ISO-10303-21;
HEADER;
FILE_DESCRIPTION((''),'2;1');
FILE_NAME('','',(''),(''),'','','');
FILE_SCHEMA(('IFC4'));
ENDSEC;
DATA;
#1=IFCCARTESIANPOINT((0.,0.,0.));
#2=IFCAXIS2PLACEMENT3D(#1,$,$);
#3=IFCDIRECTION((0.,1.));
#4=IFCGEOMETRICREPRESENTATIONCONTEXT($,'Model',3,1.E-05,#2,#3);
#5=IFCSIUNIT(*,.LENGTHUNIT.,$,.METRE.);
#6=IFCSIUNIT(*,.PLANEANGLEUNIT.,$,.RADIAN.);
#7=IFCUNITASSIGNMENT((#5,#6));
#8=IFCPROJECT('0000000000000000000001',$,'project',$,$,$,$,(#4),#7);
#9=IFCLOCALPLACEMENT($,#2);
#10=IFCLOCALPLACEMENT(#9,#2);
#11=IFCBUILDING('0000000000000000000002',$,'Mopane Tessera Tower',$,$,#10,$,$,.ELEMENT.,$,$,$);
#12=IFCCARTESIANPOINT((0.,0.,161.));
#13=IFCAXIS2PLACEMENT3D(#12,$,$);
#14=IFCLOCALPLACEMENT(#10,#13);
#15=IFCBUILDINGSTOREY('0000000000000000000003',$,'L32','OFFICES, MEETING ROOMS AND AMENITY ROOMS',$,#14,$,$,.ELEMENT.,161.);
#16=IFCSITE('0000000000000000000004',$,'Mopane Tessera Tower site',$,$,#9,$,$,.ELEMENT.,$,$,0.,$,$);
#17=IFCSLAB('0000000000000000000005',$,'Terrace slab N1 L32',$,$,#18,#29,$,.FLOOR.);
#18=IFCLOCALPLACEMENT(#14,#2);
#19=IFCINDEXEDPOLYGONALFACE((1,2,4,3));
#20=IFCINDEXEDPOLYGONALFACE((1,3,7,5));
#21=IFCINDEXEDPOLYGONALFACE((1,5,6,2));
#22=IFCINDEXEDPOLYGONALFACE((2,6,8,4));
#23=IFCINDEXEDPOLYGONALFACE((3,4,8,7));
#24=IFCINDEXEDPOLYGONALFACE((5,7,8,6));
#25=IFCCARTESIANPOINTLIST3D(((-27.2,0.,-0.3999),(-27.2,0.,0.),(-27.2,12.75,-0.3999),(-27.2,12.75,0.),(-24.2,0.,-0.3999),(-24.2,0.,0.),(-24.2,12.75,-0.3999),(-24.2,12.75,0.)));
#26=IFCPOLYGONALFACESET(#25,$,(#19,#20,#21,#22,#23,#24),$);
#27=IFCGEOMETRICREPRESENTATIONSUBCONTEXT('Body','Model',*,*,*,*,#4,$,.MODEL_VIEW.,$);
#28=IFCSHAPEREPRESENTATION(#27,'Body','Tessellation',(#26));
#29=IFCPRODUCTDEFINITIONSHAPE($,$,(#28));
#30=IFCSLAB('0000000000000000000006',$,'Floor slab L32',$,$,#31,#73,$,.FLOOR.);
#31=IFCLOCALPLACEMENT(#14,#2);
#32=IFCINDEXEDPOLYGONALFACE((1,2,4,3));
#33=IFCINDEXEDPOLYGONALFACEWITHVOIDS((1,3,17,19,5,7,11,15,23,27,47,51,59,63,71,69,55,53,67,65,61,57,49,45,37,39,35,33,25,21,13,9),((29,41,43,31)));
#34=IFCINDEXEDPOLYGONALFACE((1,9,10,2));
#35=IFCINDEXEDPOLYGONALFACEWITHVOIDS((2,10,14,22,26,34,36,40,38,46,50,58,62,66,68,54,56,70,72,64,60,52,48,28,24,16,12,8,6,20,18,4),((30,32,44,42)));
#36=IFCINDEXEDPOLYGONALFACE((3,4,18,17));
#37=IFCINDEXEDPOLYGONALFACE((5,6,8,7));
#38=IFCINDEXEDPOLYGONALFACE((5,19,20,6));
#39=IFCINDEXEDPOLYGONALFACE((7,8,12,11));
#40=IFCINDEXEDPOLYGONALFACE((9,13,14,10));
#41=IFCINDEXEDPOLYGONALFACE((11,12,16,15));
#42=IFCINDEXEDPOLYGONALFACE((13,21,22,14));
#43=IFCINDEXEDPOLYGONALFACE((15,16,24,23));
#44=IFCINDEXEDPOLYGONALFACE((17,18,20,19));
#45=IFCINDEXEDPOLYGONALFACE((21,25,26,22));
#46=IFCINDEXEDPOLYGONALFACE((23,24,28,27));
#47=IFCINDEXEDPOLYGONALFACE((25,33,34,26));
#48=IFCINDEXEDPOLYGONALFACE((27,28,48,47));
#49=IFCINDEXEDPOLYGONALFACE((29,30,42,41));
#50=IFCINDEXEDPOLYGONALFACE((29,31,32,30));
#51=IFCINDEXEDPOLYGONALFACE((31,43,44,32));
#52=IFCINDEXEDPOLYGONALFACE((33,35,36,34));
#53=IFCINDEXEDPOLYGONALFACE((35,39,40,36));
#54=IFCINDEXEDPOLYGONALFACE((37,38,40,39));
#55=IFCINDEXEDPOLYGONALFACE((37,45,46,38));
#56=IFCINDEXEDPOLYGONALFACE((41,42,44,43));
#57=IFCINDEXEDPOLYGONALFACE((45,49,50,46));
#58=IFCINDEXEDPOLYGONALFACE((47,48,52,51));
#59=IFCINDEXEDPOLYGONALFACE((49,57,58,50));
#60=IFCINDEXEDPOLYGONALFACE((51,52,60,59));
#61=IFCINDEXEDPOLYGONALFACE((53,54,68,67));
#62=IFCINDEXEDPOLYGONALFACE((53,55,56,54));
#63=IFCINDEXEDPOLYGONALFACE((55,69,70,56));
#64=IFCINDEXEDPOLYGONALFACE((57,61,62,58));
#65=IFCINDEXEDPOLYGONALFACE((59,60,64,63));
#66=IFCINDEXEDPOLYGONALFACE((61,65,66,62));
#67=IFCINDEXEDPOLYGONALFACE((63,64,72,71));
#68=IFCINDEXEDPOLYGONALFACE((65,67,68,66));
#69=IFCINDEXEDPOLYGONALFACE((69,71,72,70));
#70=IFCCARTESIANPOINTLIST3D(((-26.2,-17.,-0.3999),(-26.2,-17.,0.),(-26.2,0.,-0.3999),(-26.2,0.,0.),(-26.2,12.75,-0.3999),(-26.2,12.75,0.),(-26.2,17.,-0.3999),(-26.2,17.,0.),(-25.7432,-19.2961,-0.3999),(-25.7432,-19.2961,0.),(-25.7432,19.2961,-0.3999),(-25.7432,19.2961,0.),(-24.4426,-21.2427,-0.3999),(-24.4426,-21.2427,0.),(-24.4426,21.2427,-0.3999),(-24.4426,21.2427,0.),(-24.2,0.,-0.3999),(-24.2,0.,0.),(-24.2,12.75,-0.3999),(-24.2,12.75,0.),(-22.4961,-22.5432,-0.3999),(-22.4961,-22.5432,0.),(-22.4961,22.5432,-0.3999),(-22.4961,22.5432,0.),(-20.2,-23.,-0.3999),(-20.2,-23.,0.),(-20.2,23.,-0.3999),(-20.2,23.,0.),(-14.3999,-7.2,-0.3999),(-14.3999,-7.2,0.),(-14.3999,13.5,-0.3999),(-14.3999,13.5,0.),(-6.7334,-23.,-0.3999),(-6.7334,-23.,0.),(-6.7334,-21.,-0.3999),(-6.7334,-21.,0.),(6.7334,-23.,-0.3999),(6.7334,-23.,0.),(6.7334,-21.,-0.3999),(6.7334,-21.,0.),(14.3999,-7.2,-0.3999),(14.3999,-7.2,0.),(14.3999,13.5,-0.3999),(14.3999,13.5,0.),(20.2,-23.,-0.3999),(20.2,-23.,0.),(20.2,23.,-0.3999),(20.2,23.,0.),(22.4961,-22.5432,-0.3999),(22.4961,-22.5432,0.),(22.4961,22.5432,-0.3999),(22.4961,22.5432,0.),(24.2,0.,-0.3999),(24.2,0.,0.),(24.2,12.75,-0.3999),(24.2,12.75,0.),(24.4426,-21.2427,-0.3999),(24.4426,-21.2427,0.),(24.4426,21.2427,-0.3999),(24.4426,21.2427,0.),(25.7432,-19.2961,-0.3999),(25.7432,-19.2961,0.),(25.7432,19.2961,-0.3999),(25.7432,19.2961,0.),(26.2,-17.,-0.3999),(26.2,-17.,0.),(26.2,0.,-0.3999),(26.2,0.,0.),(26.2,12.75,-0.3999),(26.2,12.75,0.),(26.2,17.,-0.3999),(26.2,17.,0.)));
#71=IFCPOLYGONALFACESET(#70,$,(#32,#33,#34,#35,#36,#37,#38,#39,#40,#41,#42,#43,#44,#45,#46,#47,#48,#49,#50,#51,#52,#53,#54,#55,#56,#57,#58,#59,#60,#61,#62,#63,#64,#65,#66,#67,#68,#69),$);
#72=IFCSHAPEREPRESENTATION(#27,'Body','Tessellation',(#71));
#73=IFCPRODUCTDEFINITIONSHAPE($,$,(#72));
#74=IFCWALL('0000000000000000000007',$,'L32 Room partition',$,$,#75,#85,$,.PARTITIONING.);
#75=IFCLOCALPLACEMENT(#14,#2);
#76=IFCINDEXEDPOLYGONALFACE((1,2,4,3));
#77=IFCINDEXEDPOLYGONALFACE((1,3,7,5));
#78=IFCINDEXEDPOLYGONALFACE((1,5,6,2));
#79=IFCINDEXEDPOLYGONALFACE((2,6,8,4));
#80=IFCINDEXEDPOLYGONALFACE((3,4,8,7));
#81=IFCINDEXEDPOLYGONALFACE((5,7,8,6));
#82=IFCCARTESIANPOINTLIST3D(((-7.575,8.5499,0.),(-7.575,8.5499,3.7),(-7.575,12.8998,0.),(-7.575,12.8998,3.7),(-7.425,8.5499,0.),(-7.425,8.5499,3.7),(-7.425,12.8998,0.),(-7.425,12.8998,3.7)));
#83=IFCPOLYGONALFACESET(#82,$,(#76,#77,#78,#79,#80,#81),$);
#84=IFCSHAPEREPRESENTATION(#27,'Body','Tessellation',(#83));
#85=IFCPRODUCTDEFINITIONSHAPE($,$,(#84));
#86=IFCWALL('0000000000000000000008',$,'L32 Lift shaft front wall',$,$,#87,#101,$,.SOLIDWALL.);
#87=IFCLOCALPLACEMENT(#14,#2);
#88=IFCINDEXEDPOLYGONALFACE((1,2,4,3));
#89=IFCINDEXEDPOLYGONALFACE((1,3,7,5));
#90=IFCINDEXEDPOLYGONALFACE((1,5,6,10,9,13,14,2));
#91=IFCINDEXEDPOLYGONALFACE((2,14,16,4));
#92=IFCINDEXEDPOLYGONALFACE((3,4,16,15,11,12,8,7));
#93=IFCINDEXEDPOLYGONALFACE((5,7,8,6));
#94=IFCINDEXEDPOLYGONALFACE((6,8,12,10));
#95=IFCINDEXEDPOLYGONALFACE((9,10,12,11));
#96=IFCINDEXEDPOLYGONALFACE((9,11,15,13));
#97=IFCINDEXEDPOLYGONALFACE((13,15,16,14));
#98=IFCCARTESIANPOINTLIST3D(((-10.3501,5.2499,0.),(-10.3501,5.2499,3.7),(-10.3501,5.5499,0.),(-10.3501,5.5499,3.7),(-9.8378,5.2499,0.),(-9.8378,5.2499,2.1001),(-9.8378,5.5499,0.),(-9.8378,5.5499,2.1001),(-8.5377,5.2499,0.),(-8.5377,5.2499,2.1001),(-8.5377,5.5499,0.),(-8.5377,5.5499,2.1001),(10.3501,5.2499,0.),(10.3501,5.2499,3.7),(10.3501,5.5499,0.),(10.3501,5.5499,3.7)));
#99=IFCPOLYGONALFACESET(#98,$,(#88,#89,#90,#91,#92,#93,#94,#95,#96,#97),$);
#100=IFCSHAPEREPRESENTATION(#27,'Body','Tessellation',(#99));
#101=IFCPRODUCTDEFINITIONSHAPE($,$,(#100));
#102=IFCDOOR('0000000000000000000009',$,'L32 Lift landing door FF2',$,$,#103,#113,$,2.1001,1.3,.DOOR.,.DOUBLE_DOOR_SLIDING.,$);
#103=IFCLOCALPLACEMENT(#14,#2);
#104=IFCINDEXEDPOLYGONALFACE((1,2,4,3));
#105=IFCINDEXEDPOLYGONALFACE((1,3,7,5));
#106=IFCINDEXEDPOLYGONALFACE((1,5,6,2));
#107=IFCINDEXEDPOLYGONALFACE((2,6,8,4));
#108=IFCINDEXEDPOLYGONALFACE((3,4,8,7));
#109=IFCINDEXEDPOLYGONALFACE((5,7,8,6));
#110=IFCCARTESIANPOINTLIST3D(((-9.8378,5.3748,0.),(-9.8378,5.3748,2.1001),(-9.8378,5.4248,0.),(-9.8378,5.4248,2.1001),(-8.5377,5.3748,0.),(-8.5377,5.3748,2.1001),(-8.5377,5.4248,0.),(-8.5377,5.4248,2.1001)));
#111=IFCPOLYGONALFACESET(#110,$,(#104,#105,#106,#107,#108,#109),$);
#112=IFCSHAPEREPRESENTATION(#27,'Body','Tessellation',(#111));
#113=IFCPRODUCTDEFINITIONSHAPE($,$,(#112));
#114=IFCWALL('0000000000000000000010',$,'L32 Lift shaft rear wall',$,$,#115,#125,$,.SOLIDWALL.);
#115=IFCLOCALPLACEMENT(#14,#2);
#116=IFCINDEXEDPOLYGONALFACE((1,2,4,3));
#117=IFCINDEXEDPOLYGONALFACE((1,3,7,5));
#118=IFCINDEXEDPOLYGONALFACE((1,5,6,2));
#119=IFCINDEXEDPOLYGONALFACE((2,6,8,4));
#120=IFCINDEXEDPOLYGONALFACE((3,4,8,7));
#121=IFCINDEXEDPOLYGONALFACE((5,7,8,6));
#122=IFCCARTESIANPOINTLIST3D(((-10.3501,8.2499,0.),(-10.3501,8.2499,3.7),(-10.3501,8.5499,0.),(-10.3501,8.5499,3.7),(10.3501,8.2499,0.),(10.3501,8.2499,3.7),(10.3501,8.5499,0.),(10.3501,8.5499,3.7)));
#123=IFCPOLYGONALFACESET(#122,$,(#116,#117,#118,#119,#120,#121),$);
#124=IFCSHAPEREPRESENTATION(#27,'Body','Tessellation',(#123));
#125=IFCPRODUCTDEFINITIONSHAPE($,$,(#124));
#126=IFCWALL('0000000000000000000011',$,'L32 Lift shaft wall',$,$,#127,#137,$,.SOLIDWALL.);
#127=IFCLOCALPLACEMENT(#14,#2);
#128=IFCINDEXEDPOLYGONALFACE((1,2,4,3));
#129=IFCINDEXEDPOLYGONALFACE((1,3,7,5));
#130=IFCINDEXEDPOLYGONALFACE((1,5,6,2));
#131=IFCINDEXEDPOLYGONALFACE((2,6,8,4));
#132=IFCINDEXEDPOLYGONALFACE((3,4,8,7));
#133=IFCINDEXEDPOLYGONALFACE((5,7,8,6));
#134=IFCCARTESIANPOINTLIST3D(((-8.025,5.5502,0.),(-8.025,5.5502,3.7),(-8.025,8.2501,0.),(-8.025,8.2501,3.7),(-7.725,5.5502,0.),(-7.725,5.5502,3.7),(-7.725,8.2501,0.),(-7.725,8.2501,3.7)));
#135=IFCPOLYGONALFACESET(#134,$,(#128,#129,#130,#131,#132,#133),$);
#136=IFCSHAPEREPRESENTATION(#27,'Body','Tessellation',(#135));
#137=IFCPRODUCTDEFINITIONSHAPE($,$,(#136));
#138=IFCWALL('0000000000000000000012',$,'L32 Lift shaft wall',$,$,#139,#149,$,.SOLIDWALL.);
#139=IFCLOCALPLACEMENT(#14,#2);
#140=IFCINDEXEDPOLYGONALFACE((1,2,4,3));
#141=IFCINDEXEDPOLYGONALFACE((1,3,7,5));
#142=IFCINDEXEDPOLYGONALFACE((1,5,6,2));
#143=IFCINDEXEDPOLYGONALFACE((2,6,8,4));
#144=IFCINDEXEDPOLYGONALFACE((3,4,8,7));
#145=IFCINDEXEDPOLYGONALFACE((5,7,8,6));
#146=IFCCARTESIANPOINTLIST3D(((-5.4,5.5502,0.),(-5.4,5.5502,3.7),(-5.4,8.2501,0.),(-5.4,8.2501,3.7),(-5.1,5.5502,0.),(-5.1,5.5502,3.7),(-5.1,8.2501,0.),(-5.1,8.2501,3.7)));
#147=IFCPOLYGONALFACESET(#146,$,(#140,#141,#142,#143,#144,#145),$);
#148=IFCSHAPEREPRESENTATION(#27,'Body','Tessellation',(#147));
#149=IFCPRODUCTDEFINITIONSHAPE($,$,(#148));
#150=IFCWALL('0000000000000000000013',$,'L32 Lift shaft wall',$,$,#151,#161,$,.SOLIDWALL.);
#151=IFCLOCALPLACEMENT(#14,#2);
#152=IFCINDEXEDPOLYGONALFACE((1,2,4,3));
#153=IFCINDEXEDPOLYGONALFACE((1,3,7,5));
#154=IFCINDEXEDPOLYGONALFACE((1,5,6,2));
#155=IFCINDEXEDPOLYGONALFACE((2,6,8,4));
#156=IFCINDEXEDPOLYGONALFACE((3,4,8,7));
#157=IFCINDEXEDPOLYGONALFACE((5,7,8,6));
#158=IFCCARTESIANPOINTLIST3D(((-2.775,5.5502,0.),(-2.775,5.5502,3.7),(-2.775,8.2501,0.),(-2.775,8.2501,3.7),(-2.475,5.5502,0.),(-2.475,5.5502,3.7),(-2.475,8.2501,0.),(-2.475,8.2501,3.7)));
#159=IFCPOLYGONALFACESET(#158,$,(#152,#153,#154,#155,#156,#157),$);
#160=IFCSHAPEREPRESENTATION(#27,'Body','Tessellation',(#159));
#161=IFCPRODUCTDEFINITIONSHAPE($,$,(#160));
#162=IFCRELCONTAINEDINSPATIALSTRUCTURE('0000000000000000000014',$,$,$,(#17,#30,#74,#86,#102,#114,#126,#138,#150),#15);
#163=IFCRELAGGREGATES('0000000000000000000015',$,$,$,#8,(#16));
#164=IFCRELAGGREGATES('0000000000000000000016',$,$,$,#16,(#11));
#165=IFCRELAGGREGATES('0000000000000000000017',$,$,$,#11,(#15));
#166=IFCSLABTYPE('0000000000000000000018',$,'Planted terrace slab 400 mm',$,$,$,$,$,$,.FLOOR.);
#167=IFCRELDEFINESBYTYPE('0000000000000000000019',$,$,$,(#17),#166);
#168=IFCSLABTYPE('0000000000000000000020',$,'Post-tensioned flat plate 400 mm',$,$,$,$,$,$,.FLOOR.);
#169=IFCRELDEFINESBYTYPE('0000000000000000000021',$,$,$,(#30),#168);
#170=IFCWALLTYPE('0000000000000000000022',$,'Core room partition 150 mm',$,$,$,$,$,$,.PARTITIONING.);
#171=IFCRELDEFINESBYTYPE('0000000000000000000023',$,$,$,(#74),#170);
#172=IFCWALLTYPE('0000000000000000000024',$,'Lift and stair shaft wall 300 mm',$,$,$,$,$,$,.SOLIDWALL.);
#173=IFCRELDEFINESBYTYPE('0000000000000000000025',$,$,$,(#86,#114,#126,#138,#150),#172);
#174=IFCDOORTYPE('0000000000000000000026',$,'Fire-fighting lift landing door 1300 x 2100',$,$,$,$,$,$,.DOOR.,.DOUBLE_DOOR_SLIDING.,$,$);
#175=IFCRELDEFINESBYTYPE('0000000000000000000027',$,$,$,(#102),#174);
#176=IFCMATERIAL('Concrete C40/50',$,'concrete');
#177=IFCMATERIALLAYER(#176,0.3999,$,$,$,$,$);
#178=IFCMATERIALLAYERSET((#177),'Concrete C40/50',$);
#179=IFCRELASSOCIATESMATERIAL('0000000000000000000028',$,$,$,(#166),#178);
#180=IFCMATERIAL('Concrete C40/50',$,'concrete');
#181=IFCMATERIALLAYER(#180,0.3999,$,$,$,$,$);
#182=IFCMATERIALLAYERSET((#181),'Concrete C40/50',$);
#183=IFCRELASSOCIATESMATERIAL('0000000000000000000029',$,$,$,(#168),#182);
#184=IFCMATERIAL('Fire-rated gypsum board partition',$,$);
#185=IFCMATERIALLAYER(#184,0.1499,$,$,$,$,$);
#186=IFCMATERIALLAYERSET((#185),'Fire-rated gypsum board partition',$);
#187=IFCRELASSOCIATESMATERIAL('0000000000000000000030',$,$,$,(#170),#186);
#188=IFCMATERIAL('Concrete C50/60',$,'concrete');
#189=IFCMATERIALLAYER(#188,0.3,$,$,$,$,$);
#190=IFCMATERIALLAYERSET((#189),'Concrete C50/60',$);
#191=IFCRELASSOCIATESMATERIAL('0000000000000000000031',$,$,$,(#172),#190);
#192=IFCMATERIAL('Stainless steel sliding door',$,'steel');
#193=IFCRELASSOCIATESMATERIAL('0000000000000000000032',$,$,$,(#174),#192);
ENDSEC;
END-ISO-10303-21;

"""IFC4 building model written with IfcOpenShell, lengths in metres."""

from ifc_helpers import new_model, si_unit, direction, frame, frame_2d, origin, place, context, subcontext, project, spatial, polyline, rectangle, outline, extrude, material, layer, layer_set, type_object, element, fill, save


model = new_model("IFC4")

# Units and contexts
model_context = context("Model", 3, precision=1e-05, world=origin(), true_north=direction((0.0, 1.0)))
body_context = subcontext(model_context, "Body", "Model", "MODEL_VIEW")
ifc_project = project(units=[si_unit("LENGTHUNIT", "METRE"), si_unit("PLANEANGLEUNIT", "RADIAN")], contexts=[model_context])

# Site, building, storey
site_placement = place(None, origin())
site = spatial("IfcSite", under=ifc_project, at=site_placement, Name="Mopane Tessera Tower site", CompositionType="ELEMENT", RefElevation=0.0)
building_placement = place(site_placement, origin())
building = spatial("IfcBuilding", under=site, at=building_placement, Name="Mopane Tessera Tower", CompositionType="ELEMENT")
storey_placement = place(building_placement, frame((0.0, 0.0, 161.0)))
storey = spatial("IfcBuildingStorey", under=building, at=storey_placement, Name="L32", Description="OFFICES, MEETING ROOMS AND AMENITY ROOMS", CompositionType="ELEMENT", Elevation=161.0)

# Slabs
ifc_material_1 = material(Name="Concrete C40/50", Category="concrete")
ifc_layer_1 = layer(ifc_material_1, 0.3999)
ifc_layer_set_1 = layer_set([ifc_layer_1], Name="Concrete C40/50")
slab_type_1 = type_object("IfcSlabType", Name="Planted terrace slab 400 mm", PredefinedType="FLOOR", material=ifc_layer_set_1)
slab_1_placement = place(storey_placement, frame((0.0, 0.0, -0.3999)))
element("IfcSlab", 1, at=slab_1_placement, inside=storey, type_object=slab_type_1, Name="Terrace slab N1 L32", PredefinedType="FLOOR", context=body_context, shape_type="SweptSolid", body=[
    extrude(outline(polyline([(-27.2, 0.0), (-24.2, 0.0), (-24.2, 12.75), (-27.2, 12.75), (-27.2, 0.0)])), origin(), (0.0, 0.0, 1.0), 0.3999),
])
ifc_material_2 = material(Name="Concrete C40/50", Category="concrete")
ifc_layer_2 = layer(ifc_material_2, 0.3999)
ifc_layer_set_2 = layer_set([ifc_layer_2], Name="Concrete C40/50")
slab_type_2 = type_object("IfcSlabType", Name="Post-tensioned flat plate 400 mm", PredefinedType="FLOOR", material=ifc_layer_set_2)
slab_2_placement = place(storey_placement, frame((0.0, 0.0, -0.3999)))
element("IfcSlab", 2, at=slab_2_placement, inside=storey, type_object=slab_type_2, Name="Floor slab L32", PredefinedType="FLOOR", context=body_context, shape_type="SweptSolid", body=[
    extrude(outline(polyline([(-20.2, -23.0), (-6.7334, -23.0), (-6.7334, -21.0), (6.7334, -21.0), (6.7334, -23.0), (20.2, -23.0), (22.4961, -22.5432), (24.4426, -21.2427), (25.7432, -19.2961), (26.2, -17.0), (26.2, 0.0), (24.2, 0.0), (24.2, 12.75), (26.2, 12.75), (26.2, 17.0), (25.7432, 19.2961), (24.4426, 21.2427), (22.4961, 22.5432), (20.2, 23.0), (-20.2, 23.0), (-22.4961, 22.5432), (-24.4426, 21.2427), (-25.7432, 19.2961), (-26.2, 17.0), (-26.2, 12.75), (-24.2, 12.75), (-24.2, 0.0), (-26.2, 0.0), (-26.2, -17.0), (-25.7432, -19.2961), (-24.4426, -21.2427), (-22.4961, -22.5432), (-20.2, -23.0)]), holes=[polyline([(14.3999, -7.2), (-14.3999, -7.2), (-14.3999, 13.5), (14.3999, 13.5), (14.3999, -7.2)])]), origin(), (0.0, 0.0, 1.0), 0.3999),
])

# Wall
ifc_material_3 = material(Name="Fire-rated gypsum board partition")
ifc_layer_3 = layer(ifc_material_3, 0.1499)
ifc_layer_set_3 = layer_set([ifc_layer_3], Name="Fire-rated gypsum board partition")
wall_type_1 = type_object("IfcWallType", Name="Core room partition 150 mm", PredefinedType="PARTITIONING", material=ifc_layer_set_3)
wall_1_placement = place(storey_placement, frame((-7.5, 8.55, 0.0), z_axis=(0.0, 0.0, 1.0), x_axis=(0.0, 1.0, 0.0)))
element("IfcWall", 3, at=wall_1_placement, inside=storey, type_object=wall_type_1, Name="L32 Room partition", PredefinedType="PARTITIONING", context=body_context, shape_type="SweptSolid", body=[
    extrude(rectangle(XDim=4.3499, YDim=0.1499, at=frame_2d((2.1748, 0.0))), origin(), (0.0, 0.0, 1.0), 3.7),
])

# Wall, opening, door
ifc_material_4 = material(Name="Concrete C50/60", Category="concrete")
ifc_layer_4 = layer(ifc_material_4, 0.3)
ifc_layer_set_4 = layer_set([ifc_layer_4], Name="Concrete C50/60")
wall_type_2 = type_object("IfcWallType", Name="Lift and stair shaft wall 300 mm", PredefinedType="SOLIDWALL", material=ifc_layer_set_4)
wall_2_placement = place(storey_placement, frame((-10.3501, 5.3999, 0.0), z_axis=(0.0, 0.0, 1.0), x_axis=(1.0, 0.0, 0.0)))
wall_2 = element("IfcWall", 4, at=wall_2_placement, inside=storey, type_object=wall_type_2, Name="L32 Lift shaft front wall", PredefinedType="SOLIDWALL", context=body_context, shape_type="SweptSolid", body=[
    extrude(rectangle(XDim=20.7002, YDim=0.3, at=frame_2d((10.3501, 0.0))), origin(), (0.0, 0.0, 1.0), 3.7),
])
opening_1_placement = place(wall_2_placement, frame((0.5125, 0.0, 0.0)))
opening_1 = element("IfcOpeningElement", 5, at=opening_1_placement, cuts=wall_2, PredefinedType="OPENING", context=body_context, shape_type="SweptSolid", body=[
    extrude(rectangle(XDim=1.3, YDim=2.1001, at=frame_2d((0.6499, 1.05))), frame((0.0, 0.1621, 0.0), z_axis=(0.0, -1.0, 0.0), x_axis=(1.0, 0.0, 0.0)), (0.0, 0.0, 1.0), 0.324),
])
ifc_material_5 = material(Name="Stainless steel sliding door", Category="steel")
door_type_1 = type_object("IfcDoorType", Name="Fire-fighting lift landing door 1300 x 2100", OperationType="DOUBLE_DOOR_SLIDING", PredefinedType="DOOR", material=ifc_material_5)
door_1_placement = place(opening_1_placement, origin())
door_1 = element("IfcDoor", 6, at=door_1_placement, inside=storey, type_object=door_type_1, Name="L32 Lift landing door FF2", OperationType="DOUBLE_DOOR_SLIDING", OverallHeight=2.1001, OverallWidth=1.3, PredefinedType="DOOR", context=body_context, shape_type="SweptSolid", body=[
    extrude(rectangle(XDim=1.3, YDim=2.1001, at=frame_2d((0.6499, 1.05))), frame((0.0, 0.0249, 0.0), z_axis=(0.0, -1.0, 0.0), x_axis=(1.0, 0.0, 0.0)), (0.0, 0.0, 1.0), 0.05),
])
fill(opening_1, door_1)

# Walls
wall_3_placement = place(storey_placement, frame((-10.3501, 8.3999, 0.0), z_axis=(0.0, 0.0, 1.0), x_axis=(1.0, 0.0, 0.0)))
element("IfcWall", 7, at=wall_3_placement, inside=storey, type_object=wall_type_2, Name="L32 Lift shaft rear wall", PredefinedType="SOLIDWALL", context=body_context, shape_type="SweptSolid", body=[
    extrude(rectangle(XDim=20.7002, YDim=0.3, at=frame_2d((10.3501, 0.0))), origin(), (0.0, 0.0, 1.0), 3.7),
])
for number, where, z_axis, x_axis, name in (
    (8, (-7.875, 5.55, 0.0), (0.0, 0.0, 1.0), (0.0, 1.0, 0.0), "L32 Lift shaft wall"),
    (9, (-5.25, 5.55, 0.0), (0.0, 0.0, 1.0), (0.0, 1.0, 0.0), "L32 Lift shaft wall"),
    (10, (-2.625, 5.55, 0.0), (0.0, 0.0, 1.0), (0.0, 1.0, 0.0), "L32 Lift shaft wall"),
):
    element("IfcWall", number, at=place(storey_placement, frame(where, z_axis=z_axis, x_axis=x_axis)), inside=storey, type_object=wall_type_2, Name=name, PredefinedType="SOLIDWALL", context=body_context, shape_type="SweptSolid", body=[
        extrude(rectangle(XDim=2.7, YDim=0.3, at=frame_2d((1.3501, 0.0))), origin(), (0.0, 0.0, 1.0), 3.7),
    ])

save(model, "model.ifc")
